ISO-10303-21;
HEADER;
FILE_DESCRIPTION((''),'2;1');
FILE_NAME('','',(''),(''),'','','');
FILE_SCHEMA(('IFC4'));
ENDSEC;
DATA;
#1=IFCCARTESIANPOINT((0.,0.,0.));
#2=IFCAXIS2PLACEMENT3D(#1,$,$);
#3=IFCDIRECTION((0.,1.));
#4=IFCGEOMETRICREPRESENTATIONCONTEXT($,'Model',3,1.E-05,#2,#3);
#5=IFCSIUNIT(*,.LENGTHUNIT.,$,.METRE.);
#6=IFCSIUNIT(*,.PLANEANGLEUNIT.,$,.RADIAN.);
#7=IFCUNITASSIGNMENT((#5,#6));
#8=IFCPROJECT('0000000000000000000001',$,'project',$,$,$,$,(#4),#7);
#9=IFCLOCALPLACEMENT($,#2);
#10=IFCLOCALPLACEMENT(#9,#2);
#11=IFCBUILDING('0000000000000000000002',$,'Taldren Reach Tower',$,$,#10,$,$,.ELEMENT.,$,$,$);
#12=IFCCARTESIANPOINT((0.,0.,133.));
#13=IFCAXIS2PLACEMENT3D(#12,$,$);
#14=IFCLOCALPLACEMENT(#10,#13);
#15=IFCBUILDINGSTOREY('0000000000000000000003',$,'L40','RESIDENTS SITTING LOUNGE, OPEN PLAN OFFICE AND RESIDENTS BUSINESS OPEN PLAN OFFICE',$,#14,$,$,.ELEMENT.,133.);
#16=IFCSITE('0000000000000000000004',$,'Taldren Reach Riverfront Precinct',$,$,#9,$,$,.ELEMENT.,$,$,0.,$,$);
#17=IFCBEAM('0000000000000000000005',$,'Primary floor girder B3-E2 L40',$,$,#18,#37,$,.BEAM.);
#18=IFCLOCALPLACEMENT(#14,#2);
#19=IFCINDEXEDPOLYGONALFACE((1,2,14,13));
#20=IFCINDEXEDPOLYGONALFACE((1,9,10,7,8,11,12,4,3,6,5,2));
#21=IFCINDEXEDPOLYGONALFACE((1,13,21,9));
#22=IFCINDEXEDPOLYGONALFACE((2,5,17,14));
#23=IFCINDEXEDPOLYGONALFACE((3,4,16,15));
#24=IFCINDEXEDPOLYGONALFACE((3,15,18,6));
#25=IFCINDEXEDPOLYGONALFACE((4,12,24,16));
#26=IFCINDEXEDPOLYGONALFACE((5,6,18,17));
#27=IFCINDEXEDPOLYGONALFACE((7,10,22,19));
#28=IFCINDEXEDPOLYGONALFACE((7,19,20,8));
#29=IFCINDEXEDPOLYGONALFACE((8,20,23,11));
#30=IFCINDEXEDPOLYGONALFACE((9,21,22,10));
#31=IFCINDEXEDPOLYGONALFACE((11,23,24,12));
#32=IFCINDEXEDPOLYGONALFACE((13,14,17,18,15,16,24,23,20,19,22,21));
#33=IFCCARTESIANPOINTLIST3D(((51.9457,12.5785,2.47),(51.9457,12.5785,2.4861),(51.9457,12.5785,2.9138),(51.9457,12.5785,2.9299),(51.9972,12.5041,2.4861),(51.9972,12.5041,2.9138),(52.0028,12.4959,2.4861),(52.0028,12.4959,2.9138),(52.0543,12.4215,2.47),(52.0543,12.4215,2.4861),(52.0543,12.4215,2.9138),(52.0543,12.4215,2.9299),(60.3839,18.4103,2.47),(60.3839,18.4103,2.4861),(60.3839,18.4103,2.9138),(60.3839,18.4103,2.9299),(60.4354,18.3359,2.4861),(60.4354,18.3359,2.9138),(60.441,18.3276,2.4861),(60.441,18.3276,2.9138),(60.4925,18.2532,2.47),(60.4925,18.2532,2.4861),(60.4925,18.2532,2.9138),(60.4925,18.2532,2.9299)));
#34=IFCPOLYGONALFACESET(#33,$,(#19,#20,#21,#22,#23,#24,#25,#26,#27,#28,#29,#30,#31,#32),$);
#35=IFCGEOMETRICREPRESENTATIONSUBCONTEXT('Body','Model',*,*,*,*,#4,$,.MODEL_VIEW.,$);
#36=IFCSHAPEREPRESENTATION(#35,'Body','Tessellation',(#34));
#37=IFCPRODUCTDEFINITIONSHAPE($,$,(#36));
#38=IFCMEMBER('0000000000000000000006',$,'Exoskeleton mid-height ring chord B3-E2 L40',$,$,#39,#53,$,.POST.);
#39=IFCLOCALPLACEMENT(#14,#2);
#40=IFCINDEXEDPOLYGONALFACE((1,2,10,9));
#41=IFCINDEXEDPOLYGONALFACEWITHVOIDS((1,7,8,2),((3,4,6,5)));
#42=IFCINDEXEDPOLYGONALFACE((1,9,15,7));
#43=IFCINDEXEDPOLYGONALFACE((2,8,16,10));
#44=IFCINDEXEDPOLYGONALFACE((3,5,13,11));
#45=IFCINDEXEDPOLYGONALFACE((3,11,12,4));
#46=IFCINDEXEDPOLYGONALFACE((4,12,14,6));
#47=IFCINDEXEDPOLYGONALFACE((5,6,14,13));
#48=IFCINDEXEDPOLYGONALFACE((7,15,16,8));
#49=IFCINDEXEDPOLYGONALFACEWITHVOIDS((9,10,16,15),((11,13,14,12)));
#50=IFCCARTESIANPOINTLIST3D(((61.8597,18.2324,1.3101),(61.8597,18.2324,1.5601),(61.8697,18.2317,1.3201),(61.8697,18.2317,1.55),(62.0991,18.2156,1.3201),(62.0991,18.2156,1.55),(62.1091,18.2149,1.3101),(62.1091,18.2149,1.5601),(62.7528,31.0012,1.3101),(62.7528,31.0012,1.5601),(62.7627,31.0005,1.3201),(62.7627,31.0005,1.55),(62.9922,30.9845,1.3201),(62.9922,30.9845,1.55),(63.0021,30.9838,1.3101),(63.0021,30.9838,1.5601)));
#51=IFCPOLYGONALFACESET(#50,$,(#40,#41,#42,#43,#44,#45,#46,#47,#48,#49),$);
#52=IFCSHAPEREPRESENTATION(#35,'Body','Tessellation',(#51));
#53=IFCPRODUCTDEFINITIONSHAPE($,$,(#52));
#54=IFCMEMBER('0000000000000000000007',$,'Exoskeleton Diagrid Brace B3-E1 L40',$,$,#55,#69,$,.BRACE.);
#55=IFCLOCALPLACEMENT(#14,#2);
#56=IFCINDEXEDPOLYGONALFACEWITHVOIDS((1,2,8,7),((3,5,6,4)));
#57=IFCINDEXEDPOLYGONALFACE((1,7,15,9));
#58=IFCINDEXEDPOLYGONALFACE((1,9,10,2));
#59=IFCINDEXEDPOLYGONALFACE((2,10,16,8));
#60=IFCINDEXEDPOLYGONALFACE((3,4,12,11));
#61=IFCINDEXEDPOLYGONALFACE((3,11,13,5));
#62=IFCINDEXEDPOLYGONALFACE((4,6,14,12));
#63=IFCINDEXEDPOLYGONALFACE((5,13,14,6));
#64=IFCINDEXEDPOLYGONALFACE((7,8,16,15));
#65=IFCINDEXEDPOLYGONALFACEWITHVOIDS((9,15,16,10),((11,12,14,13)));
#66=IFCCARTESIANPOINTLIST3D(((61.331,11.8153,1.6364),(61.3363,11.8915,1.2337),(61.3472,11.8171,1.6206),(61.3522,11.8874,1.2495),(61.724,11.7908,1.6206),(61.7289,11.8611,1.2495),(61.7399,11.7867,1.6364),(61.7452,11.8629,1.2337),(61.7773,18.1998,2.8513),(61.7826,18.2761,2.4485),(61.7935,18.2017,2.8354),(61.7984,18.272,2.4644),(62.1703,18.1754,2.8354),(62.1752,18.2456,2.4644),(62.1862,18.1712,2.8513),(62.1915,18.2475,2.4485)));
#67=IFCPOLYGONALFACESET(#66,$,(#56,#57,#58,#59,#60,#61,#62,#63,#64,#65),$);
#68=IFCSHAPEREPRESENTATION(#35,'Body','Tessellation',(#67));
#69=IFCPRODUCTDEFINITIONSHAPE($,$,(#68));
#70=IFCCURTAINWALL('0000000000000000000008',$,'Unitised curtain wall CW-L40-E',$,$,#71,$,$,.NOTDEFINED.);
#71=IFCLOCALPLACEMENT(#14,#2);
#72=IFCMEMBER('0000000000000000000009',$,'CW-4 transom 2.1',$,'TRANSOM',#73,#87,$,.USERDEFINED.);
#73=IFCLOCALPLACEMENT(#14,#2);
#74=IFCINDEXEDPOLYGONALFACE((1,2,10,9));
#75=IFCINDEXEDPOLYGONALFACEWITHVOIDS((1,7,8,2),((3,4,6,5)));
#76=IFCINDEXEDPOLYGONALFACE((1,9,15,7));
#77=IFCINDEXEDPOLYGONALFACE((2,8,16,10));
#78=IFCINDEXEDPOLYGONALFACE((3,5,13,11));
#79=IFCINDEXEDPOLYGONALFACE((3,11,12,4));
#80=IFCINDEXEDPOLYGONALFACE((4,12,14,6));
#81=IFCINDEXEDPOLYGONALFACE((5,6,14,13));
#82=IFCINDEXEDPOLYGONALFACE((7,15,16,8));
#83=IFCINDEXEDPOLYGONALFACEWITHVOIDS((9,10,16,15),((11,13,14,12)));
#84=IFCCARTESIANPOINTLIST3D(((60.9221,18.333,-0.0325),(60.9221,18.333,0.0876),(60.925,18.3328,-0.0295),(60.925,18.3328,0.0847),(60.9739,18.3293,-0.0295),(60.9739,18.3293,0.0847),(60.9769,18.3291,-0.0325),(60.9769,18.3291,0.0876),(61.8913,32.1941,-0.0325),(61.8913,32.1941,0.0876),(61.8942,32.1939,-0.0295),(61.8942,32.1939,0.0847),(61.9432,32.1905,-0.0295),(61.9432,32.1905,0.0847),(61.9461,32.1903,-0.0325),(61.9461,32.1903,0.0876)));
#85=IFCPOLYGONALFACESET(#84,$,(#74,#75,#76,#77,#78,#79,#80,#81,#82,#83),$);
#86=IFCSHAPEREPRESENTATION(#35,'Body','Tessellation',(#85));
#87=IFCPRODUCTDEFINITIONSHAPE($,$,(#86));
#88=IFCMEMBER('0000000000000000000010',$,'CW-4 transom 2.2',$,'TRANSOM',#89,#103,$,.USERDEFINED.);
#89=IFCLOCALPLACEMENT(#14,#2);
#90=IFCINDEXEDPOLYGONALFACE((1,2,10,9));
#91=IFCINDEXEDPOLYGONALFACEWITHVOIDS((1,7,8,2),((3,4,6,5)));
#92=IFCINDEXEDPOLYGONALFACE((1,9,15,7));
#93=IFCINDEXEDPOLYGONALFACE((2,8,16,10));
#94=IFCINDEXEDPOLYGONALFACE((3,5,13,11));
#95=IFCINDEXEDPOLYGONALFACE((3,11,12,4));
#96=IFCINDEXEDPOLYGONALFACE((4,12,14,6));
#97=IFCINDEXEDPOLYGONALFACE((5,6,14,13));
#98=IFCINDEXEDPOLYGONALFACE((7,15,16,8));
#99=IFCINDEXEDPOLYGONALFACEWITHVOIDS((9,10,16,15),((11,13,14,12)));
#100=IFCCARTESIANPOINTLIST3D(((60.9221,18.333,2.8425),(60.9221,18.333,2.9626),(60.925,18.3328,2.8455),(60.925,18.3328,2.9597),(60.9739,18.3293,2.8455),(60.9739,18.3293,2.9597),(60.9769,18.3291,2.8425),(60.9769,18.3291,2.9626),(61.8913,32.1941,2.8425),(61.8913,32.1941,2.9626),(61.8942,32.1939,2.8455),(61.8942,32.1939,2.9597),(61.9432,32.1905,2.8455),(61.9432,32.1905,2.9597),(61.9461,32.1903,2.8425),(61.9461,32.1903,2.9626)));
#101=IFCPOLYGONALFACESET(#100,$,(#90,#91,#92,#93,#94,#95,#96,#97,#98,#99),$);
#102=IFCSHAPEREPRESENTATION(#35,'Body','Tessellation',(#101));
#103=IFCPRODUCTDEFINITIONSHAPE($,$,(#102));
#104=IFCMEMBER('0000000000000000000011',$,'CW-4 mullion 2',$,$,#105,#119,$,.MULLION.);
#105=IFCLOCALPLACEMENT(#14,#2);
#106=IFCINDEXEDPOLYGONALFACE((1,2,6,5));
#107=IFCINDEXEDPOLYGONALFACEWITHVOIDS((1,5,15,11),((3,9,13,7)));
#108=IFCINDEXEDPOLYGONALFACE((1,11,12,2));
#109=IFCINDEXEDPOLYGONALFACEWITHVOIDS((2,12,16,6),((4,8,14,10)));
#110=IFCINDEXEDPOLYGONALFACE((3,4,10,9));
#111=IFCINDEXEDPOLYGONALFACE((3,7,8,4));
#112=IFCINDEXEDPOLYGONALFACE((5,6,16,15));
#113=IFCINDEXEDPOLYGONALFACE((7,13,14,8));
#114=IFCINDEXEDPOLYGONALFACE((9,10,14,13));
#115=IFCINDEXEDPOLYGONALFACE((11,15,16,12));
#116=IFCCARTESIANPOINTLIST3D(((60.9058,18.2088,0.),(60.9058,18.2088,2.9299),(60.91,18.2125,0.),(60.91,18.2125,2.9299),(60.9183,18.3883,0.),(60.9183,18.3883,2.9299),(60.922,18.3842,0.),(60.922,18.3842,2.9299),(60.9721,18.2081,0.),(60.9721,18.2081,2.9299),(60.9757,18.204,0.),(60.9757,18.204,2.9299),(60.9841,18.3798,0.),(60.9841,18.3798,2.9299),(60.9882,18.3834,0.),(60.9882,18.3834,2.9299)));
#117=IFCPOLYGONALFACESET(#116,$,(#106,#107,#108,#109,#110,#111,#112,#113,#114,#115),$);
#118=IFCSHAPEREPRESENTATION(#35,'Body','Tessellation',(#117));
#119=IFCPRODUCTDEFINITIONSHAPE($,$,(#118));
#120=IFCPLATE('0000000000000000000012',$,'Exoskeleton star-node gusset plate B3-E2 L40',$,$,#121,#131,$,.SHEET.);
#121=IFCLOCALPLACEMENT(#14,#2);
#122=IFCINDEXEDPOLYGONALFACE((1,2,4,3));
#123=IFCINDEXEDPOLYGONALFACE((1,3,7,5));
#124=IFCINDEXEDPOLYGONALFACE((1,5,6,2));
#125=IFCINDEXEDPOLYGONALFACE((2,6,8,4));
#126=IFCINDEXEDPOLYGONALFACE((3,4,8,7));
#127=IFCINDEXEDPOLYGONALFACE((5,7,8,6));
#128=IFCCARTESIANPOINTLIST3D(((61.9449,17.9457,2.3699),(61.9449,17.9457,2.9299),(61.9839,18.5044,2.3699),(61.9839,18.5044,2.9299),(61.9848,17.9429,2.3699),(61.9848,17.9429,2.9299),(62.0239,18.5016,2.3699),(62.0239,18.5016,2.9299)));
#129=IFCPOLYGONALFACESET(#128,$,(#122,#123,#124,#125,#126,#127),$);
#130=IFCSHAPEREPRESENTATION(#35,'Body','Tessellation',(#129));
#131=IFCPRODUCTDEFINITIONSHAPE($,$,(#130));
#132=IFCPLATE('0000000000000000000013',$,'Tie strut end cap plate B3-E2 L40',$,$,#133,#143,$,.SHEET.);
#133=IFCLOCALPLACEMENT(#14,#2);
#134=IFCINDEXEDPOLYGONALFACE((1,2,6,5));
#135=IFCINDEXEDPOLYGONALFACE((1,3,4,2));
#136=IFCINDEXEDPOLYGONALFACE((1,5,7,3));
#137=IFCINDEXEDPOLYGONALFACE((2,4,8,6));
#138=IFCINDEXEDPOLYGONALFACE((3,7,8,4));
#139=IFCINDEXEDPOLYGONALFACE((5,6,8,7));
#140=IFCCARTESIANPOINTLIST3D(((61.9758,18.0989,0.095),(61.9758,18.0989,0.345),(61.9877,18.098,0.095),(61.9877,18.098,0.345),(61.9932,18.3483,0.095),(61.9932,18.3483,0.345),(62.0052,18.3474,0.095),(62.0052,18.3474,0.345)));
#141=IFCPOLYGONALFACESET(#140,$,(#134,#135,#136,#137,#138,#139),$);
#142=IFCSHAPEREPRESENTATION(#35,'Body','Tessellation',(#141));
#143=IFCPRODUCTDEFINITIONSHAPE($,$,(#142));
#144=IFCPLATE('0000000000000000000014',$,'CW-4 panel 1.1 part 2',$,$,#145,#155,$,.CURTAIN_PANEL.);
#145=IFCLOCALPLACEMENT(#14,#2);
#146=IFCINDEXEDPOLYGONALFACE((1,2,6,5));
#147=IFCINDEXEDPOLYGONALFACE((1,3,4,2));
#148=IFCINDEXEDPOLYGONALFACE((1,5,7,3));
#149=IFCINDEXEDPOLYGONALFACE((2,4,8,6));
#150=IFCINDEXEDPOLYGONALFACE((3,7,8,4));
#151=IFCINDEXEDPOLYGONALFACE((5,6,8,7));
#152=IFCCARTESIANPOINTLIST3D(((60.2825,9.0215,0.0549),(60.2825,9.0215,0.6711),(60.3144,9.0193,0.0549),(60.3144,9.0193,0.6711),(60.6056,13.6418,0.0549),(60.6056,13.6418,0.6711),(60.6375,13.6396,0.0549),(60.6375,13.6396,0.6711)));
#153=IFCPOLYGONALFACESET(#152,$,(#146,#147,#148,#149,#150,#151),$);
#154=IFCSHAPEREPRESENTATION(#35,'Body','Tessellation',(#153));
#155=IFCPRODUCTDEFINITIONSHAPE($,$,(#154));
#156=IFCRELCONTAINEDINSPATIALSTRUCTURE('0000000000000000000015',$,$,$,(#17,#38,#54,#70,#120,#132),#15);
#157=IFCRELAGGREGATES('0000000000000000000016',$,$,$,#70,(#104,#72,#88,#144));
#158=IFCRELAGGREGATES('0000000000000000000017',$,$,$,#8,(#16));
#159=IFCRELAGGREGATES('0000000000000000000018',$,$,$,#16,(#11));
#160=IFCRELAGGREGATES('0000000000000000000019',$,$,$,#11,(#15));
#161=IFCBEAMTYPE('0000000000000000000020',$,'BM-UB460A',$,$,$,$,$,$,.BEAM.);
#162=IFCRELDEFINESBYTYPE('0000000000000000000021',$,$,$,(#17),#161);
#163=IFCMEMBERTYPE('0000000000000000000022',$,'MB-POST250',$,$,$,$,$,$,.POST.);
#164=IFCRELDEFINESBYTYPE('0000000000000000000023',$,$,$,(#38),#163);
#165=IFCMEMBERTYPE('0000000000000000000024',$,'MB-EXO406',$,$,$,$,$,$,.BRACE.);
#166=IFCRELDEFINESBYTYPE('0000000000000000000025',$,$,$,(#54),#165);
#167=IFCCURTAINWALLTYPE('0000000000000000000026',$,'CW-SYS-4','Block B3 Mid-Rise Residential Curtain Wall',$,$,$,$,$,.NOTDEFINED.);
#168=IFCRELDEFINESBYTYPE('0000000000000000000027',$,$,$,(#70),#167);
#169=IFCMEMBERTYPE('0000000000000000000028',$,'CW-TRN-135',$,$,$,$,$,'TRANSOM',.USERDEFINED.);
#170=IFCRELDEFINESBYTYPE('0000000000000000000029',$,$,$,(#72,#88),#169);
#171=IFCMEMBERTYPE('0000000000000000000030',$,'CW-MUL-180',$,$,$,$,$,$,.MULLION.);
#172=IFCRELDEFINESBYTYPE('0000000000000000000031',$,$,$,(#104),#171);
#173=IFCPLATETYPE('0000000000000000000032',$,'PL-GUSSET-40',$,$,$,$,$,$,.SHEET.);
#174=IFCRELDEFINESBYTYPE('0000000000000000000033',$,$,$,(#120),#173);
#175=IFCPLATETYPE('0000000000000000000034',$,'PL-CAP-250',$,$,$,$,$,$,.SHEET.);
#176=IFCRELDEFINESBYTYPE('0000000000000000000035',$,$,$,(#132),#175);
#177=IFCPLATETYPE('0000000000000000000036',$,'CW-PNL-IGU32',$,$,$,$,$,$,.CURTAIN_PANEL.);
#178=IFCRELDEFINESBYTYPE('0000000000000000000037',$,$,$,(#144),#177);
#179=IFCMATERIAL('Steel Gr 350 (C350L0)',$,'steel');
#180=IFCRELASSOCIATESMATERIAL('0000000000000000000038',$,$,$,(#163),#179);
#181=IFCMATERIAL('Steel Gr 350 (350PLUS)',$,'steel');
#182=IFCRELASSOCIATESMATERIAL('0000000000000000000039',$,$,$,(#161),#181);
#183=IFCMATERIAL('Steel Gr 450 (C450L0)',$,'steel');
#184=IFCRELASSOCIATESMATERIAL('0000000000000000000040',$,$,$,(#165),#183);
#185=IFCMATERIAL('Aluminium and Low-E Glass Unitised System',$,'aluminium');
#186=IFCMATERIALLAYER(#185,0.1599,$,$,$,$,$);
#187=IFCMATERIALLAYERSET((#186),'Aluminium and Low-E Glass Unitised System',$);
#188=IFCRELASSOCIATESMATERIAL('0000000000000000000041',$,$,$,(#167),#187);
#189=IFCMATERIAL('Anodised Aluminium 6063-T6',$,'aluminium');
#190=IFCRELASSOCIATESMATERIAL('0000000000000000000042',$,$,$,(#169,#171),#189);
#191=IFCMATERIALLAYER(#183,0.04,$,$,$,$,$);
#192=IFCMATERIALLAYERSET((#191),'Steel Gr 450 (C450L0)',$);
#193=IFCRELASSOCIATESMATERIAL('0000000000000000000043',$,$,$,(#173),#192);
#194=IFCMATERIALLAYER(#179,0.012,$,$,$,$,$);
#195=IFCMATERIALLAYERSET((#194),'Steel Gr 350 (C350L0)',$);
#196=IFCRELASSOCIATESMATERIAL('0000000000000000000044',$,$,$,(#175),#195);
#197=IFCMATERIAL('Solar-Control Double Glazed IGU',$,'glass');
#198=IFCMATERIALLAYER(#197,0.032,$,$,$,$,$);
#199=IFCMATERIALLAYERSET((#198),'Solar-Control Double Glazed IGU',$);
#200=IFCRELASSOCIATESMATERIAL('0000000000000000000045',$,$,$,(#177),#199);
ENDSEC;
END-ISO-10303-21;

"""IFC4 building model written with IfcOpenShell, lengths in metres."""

from ifc_helpers import new_model, si_unit, direction, frame, origin, origin_2d, place, context, subcontext, project, spatial, rectangle, hollow_rectangle, i_section, extrude, source, transform, mapped, material, layer, layer_set, material_profile, profile_set, type_object, element, aggregate, save


model = new_model("IFC4")

# Units and contexts
model_context = context("Model", 3, precision=1e-05, world=origin(), true_north=direction((0.0, 1.0)))
body_context = subcontext(model_context, "Body", "Model", "MODEL_VIEW")
ifc_project = project(units=[si_unit("LENGTHUNIT", "METRE"), si_unit("PLANEANGLEUNIT", "RADIAN")], contexts=[model_context])

# Site, building, storey
site_placement = place(None, origin())
site = spatial("IfcSite", under=ifc_project, at=site_placement, Name="Taldren Reach Riverfront Precinct", CompositionType="ELEMENT", RefElevation=0.0)
building_placement = place(site_placement, origin())
building = spatial("IfcBuilding", under=site, at=building_placement, Name="Taldren Reach Tower", CompositionType="ELEMENT")
storey_placement = place(building_placement, frame((0.0, 0.0, 133.0)))
storey = spatial("IfcBuildingStorey", under=building, at=storey_placement, Name="L40", Description="RESIDENTS SITTING LOUNGE, OPEN PLAN OFFICE AND RESIDENTS BUSINESS OPEN PLAN OFFICE", CompositionType="ELEMENT", Elevation=133.0)

# Shared definitions
ifc_material_1 = material(Name="Steel Gr 350 (350PLUS)", Category="steel")

# Shared definitions
ifc_material_2 = material(Name="Steel Gr 450 (C450L0)", Category="steel")
ifc_material_3 = material(Name="Steel Gr 350 (C350L0)", Category="steel")
ifc_material_profile_1 = material_profile(ifc_material_3, hollow_rectangle(XDim=0.25, YDim=0.25, WallThickness=0.01, at=origin_2d()), Name="250x250x10.0SHS")
ifc_profile_set_1 = profile_set([ifc_material_profile_1], Name="Steel Gr 350 (C350L0)")
member_type_1 = type_object("IfcMemberType", Name="MB-POST250", PredefinedType="POST", material=ifc_profile_set_1)

# Beam
ifc_material_profile_2 = material_profile(ifc_material_1, i_section(OverallWidth=0.1909, OverallDepth=0.46, WebThickness=0.01, FlangeThickness=0.0161, at=origin_2d()), Name="460UB82.1")
ifc_profile_set_2 = profile_set([ifc_material_profile_2], Name="Steel Gr 350 (350PLUS)")
beam_type_1 = type_object("IfcBeamType", Name="BM-UB460A", PredefinedType="BEAM", material=ifc_profile_set_2)
shared_shape_1 = source(origin(), body_context, "Body", "SweptSolid", [
    extrude(i_section(OverallWidth=0.1909, OverallDepth=0.46, WebThickness=0.01, FlangeThickness=0.0161, at=origin_2d()), origin(), (0.0, 0.0, 1.0), 10.2573),
])
beam_1_placement = place(storey_placement, frame((52.0, 12.5, 2.7), z_axis=(0.822651, 0.568546, 0.0), x_axis=(-0.568546, 0.822651, 0.0)))
element("IfcBeam", 1, at=beam_1_placement, inside=storey, type_object=beam_type_1, Name="Primary floor girder B3-E2 L40", PredefinedType="BEAM", context=body_context, shape_type="MappedRepresentation", body=[
    mapped(shared_shape_1, transform((0.0, 0.0, 0.0), scale=1.0)),
])

# Members
shared_shape_2 = source(origin(), body_context, "Body", "SweptSolid", [
    extrude(hollow_rectangle(XDim=0.25, YDim=0.25, WallThickness=0.01, at=origin_2d()), origin(), (0.0, 0.0, 1.0), 12.8),
])
member_1_placement = place(storey_placement, frame((61.9844, 18.2236, 1.4351), z_axis=(0.069771, 0.997563, 0.0), x_axis=(-0.997563, 0.069771, 0.0)))
element("IfcMember", 2, at=member_1_placement, inside=storey, type_object=member_type_1, Name="Exoskeleton mid-height ring chord B3-E2 L40", PredefinedType="POST", context=body_context, shape_type="MappedRepresentation", body=[
    mapped(shared_shape_2, transform((0.0, 0.0, 0.0), scale=1.0)),
])
ifc_material_profile_3 = material_profile(ifc_material_2, hollow_rectangle(XDim=0.4099, YDim=0.4099, WallThickness=0.0161, at=origin_2d()), Name="410x410x16.0SHS")
ifc_profile_set_3 = profile_set([ifc_material_profile_3], Name="Steel Gr 450 (C450L0)")
member_type_2 = type_object("IfcMemberType", Name="MB-EXO406", PredefinedType="BRACE", material=ifc_profile_set_3)
shared_shape_3 = source(origin(), body_context, "Body", "SweptSolid", [
    extrude(hollow_rectangle(XDim=0.4099, YDim=0.4099, WallThickness=0.0161, at=origin_2d()), origin(), (0.0, 0.0, 1.0), 6.5144),
])
member_2_placement = place(storey_placement, frame((61.5381, 11.8391, 1.4351), z_axis=(0.068508, 0.980066, 0.186487), x_axis=(-0.997566, 0.069732, 0.0)))
element("IfcMember", 3, at=member_2_placement, inside=storey, type_object=member_type_2, Name="Exoskeleton Diagrid Brace B3-E1 L40", PredefinedType="BRACE", context=body_context, shape_type="MappedRepresentation", body=[
    mapped(shared_shape_3, transform((0.0, 0.0, 0.0), scale=1.0)),
])

# Curtain wall, members
ifc_material_4 = material(Name="Aluminium and Low-E Glass Unitised System", Category="aluminium")
ifc_layer_1 = layer(ifc_material_4, 0.1599)
ifc_layer_set_1 = layer_set([ifc_layer_1], Name="Aluminium and Low-E Glass Unitised System")
curtain_wall_type = type_object("IfcCurtainWallType", Name="CW-SYS-4", Description="Block B3 Mid-Rise Residential Curtain Wall", PredefinedType="NOTDEFINED", material=ifc_layer_set_1)
curtain_wall_placement = place(storey_placement, origin())
curtain_wall = element("IfcCurtainWall", 4, at=curtain_wall_placement, inside=storey, type_object=curtain_wall_type, Name="Unitised curtain wall CW-L40-E", PredefinedType="NOTDEFINED")
ifc_material_5 = material(Name="Anodised Aluminium 6063-T6", Category="aluminium")
ifc_material_profile_4 = material_profile(ifc_material_5, hollow_rectangle(XDim=0.0549, YDim=0.1201, WallThickness=0.0029, at=origin_2d()), Name="ALU-120x55x3RHS")
ifc_profile_set_4 = profile_set([ifc_material_profile_4], Name="Anodised Aluminium 6063-T6")
member_type_3 = type_object("IfcMemberType", Name="CW-TRN-135", ElementType="TRANSOM", PredefinedType="USERDEFINED", material=ifc_profile_set_4)
shared_shape_4 = source(origin(), body_context, "Body", "SweptSolid", [
    extrude(hollow_rectangle(XDim=0.0549, YDim=0.1201, WallThickness=0.0029, at=origin_2d()), origin(), (0.0, 0.0, 1.0), 13.895),
])
member_3_placement = place(storey_placement, frame((60.9495, 18.3311, 0.0276), z_axis=(0.069755, 0.997564, 0.0), x_axis=(-0.997564, 0.069755, 0.0)))
member_3 = element("IfcMember", 5, at=member_3_placement, type_object=member_type_3, Name="CW-4 transom 2.1", ObjectType="TRANSOM", PredefinedType="USERDEFINED", context=body_context, shape_type="MappedRepresentation", body=[
    mapped(shared_shape_4, transform((0.0, 0.0, 0.0), scale=1.0)),
])
member_4_placement = place(storey_placement, frame((60.9495, 18.3311, 2.9026), z_axis=(0.069755, 0.997564, 0.0), x_axis=(-0.997564, 0.069755, 0.0)))
member_4 = element("IfcMember", 6, at=member_4_placement, type_object=member_type_3, Name="CW-4 transom 2.2", ObjectType="TRANSOM", PredefinedType="USERDEFINED", context=body_context, shape_type="MappedRepresentation", body=[
    mapped(shared_shape_4, transform((0.0, 0.0, 0.0), scale=1.0)),
])
ifc_material_profile_5 = material_profile(ifc_material_5, hollow_rectangle(XDim=0.0701, YDim=0.1799, WallThickness=0.0039, at=origin_2d()), Name="ALU-180x70x4RHS")
ifc_profile_set_5 = profile_set([ifc_material_profile_5], Name="Anodised Aluminium 6063-T6")
member_type_4 = type_object("IfcMemberType", Name="CW-MUL-180", PredefinedType="MULLION", material=ifc_profile_set_5)
shared_shape_5 = source(origin(), body_context, "Body", "SweptSolid", [
    extrude(hollow_rectangle(XDim=0.0701, YDim=0.1799, WallThickness=0.0039, at=origin_2d()), origin(), (0.0, 0.0, 1.0), 2.9299),
])
member_5_placement = place(storey_placement, frame((60.947, 18.2961, 0.0), z_axis=(0.0, 0.0, 1.0), x_axis=(-0.997564, 0.069756, 0.0)))
member_5 = element("IfcMember", 7, at=member_5_placement, type_object=member_type_4, Name="CW-4 mullion 2", PredefinedType="MULLION", context=body_context, shape_type="MappedRepresentation", body=[
    mapped(shared_shape_5, transform((0.0, 0.0, 0.0), scale=1.0)),
])

# Plates
ifc_layer_2 = layer(ifc_material_2, 0.04)
ifc_layer_set_2 = layer_set([ifc_layer_2], Name="Steel Gr 450 (C450L0)")
plate_type_1 = type_object("IfcPlateType", Name="PL-GUSSET-40", PredefinedType="SHEET", material=ifc_layer_set_2)
shared_shape_6 = source(origin(), body_context, "Body", "SweptSolid", [
    extrude(rectangle(XDim=0.5601, YDim=0.04, at=origin_2d()), origin(), (0.0, 0.0, 1.0), 0.5601),
])
plate_1_placement = place(storey_placement, frame((61.9844, 18.2236, 2.3699), z_axis=(0.0, 0.0, 1.0), x_axis=(0.069756, 0.997564, 0.0)))
element("IfcPlate", 8, at=plate_1_placement, inside=storey, type_object=plate_type_1, Name="Exoskeleton star-node gusset plate B3-E2 L40", PredefinedType="SHEET", context=body_context, shape_type="MappedRepresentation", body=[
    mapped(shared_shape_6, transform((0.0, 0.0, 0.0), scale=1.0)),
])
ifc_layer_3 = layer(ifc_material_3, 0.012)
ifc_layer_set_3 = layer_set([ifc_layer_3], Name="Steel Gr 350 (C350L0)")
plate_type_2 = type_object("IfcPlateType", Name="PL-CAP-250", PredefinedType="SHEET", material=ifc_layer_set_3)
shared_shape_7 = source(origin(), body_context, "Body", "SweptSolid", [
    extrude(rectangle(XDim=0.012, YDim=0.25, at=origin_2d()), origin(), (0.0, 0.0, 1.0), 0.25),
])
plate_2_placement = place(storey_placement, frame((61.9905, 18.2231, 0.095), z_axis=(0.0, 0.0, 1.0), x_axis=(0.997564, -0.069756, 0.0)))
element("IfcPlate", 9, at=plate_2_placement, inside=storey, type_object=plate_type_2, Name="Tie strut end cap plate B3-E2 L40", PredefinedType="SHEET", context=body_context, shape_type="MappedRepresentation", body=[
    mapped(shared_shape_7, transform((0.0, 0.0, 0.0), scale=1.0)),
])

# Plate
ifc_material_6 = material(Name="Solar-Control Double Glazed IGU", Category="glass")
ifc_layer_4 = layer(ifc_material_6, 0.032)
ifc_layer_set_4 = layer_set([ifc_layer_4], Name="Solar-Control Double Glazed IGU")
plate_type_3 = type_object("IfcPlateType", Name="CW-PNL-IGU32", PredefinedType="CURTAIN_PANEL", material=ifc_layer_set_4)
shared_shape_8 = source(origin(), body_context, "Body", "SweptSolid", [
    extrude(rectangle(XDim=4.6316, YDim=0.032, at=origin_2d()), origin(), (0.0, 0.0, 1.0), 0.6162),
])
plate_3_placement = place(storey_placement, frame((60.46, 11.3306, 0.0549), z_axis=(0.0, 0.0, 1.0), x_axis=(0.069756, 0.997564, 0.0)))
plate_3 = element("IfcPlate", 10, at=plate_3_placement, type_object=plate_type_3, Name="CW-4 panel 1.1 part 2", PredefinedType="CURTAIN_PANEL", context=body_context, shape_type="MappedRepresentation", body=[
    mapped(shared_shape_8, transform((0.0, 0.0, 0.0), scale=1.0)),
])
aggregate(curtain_wall, [member_5, member_3, member_4, plate_3])

save(model, "model.ifc")
